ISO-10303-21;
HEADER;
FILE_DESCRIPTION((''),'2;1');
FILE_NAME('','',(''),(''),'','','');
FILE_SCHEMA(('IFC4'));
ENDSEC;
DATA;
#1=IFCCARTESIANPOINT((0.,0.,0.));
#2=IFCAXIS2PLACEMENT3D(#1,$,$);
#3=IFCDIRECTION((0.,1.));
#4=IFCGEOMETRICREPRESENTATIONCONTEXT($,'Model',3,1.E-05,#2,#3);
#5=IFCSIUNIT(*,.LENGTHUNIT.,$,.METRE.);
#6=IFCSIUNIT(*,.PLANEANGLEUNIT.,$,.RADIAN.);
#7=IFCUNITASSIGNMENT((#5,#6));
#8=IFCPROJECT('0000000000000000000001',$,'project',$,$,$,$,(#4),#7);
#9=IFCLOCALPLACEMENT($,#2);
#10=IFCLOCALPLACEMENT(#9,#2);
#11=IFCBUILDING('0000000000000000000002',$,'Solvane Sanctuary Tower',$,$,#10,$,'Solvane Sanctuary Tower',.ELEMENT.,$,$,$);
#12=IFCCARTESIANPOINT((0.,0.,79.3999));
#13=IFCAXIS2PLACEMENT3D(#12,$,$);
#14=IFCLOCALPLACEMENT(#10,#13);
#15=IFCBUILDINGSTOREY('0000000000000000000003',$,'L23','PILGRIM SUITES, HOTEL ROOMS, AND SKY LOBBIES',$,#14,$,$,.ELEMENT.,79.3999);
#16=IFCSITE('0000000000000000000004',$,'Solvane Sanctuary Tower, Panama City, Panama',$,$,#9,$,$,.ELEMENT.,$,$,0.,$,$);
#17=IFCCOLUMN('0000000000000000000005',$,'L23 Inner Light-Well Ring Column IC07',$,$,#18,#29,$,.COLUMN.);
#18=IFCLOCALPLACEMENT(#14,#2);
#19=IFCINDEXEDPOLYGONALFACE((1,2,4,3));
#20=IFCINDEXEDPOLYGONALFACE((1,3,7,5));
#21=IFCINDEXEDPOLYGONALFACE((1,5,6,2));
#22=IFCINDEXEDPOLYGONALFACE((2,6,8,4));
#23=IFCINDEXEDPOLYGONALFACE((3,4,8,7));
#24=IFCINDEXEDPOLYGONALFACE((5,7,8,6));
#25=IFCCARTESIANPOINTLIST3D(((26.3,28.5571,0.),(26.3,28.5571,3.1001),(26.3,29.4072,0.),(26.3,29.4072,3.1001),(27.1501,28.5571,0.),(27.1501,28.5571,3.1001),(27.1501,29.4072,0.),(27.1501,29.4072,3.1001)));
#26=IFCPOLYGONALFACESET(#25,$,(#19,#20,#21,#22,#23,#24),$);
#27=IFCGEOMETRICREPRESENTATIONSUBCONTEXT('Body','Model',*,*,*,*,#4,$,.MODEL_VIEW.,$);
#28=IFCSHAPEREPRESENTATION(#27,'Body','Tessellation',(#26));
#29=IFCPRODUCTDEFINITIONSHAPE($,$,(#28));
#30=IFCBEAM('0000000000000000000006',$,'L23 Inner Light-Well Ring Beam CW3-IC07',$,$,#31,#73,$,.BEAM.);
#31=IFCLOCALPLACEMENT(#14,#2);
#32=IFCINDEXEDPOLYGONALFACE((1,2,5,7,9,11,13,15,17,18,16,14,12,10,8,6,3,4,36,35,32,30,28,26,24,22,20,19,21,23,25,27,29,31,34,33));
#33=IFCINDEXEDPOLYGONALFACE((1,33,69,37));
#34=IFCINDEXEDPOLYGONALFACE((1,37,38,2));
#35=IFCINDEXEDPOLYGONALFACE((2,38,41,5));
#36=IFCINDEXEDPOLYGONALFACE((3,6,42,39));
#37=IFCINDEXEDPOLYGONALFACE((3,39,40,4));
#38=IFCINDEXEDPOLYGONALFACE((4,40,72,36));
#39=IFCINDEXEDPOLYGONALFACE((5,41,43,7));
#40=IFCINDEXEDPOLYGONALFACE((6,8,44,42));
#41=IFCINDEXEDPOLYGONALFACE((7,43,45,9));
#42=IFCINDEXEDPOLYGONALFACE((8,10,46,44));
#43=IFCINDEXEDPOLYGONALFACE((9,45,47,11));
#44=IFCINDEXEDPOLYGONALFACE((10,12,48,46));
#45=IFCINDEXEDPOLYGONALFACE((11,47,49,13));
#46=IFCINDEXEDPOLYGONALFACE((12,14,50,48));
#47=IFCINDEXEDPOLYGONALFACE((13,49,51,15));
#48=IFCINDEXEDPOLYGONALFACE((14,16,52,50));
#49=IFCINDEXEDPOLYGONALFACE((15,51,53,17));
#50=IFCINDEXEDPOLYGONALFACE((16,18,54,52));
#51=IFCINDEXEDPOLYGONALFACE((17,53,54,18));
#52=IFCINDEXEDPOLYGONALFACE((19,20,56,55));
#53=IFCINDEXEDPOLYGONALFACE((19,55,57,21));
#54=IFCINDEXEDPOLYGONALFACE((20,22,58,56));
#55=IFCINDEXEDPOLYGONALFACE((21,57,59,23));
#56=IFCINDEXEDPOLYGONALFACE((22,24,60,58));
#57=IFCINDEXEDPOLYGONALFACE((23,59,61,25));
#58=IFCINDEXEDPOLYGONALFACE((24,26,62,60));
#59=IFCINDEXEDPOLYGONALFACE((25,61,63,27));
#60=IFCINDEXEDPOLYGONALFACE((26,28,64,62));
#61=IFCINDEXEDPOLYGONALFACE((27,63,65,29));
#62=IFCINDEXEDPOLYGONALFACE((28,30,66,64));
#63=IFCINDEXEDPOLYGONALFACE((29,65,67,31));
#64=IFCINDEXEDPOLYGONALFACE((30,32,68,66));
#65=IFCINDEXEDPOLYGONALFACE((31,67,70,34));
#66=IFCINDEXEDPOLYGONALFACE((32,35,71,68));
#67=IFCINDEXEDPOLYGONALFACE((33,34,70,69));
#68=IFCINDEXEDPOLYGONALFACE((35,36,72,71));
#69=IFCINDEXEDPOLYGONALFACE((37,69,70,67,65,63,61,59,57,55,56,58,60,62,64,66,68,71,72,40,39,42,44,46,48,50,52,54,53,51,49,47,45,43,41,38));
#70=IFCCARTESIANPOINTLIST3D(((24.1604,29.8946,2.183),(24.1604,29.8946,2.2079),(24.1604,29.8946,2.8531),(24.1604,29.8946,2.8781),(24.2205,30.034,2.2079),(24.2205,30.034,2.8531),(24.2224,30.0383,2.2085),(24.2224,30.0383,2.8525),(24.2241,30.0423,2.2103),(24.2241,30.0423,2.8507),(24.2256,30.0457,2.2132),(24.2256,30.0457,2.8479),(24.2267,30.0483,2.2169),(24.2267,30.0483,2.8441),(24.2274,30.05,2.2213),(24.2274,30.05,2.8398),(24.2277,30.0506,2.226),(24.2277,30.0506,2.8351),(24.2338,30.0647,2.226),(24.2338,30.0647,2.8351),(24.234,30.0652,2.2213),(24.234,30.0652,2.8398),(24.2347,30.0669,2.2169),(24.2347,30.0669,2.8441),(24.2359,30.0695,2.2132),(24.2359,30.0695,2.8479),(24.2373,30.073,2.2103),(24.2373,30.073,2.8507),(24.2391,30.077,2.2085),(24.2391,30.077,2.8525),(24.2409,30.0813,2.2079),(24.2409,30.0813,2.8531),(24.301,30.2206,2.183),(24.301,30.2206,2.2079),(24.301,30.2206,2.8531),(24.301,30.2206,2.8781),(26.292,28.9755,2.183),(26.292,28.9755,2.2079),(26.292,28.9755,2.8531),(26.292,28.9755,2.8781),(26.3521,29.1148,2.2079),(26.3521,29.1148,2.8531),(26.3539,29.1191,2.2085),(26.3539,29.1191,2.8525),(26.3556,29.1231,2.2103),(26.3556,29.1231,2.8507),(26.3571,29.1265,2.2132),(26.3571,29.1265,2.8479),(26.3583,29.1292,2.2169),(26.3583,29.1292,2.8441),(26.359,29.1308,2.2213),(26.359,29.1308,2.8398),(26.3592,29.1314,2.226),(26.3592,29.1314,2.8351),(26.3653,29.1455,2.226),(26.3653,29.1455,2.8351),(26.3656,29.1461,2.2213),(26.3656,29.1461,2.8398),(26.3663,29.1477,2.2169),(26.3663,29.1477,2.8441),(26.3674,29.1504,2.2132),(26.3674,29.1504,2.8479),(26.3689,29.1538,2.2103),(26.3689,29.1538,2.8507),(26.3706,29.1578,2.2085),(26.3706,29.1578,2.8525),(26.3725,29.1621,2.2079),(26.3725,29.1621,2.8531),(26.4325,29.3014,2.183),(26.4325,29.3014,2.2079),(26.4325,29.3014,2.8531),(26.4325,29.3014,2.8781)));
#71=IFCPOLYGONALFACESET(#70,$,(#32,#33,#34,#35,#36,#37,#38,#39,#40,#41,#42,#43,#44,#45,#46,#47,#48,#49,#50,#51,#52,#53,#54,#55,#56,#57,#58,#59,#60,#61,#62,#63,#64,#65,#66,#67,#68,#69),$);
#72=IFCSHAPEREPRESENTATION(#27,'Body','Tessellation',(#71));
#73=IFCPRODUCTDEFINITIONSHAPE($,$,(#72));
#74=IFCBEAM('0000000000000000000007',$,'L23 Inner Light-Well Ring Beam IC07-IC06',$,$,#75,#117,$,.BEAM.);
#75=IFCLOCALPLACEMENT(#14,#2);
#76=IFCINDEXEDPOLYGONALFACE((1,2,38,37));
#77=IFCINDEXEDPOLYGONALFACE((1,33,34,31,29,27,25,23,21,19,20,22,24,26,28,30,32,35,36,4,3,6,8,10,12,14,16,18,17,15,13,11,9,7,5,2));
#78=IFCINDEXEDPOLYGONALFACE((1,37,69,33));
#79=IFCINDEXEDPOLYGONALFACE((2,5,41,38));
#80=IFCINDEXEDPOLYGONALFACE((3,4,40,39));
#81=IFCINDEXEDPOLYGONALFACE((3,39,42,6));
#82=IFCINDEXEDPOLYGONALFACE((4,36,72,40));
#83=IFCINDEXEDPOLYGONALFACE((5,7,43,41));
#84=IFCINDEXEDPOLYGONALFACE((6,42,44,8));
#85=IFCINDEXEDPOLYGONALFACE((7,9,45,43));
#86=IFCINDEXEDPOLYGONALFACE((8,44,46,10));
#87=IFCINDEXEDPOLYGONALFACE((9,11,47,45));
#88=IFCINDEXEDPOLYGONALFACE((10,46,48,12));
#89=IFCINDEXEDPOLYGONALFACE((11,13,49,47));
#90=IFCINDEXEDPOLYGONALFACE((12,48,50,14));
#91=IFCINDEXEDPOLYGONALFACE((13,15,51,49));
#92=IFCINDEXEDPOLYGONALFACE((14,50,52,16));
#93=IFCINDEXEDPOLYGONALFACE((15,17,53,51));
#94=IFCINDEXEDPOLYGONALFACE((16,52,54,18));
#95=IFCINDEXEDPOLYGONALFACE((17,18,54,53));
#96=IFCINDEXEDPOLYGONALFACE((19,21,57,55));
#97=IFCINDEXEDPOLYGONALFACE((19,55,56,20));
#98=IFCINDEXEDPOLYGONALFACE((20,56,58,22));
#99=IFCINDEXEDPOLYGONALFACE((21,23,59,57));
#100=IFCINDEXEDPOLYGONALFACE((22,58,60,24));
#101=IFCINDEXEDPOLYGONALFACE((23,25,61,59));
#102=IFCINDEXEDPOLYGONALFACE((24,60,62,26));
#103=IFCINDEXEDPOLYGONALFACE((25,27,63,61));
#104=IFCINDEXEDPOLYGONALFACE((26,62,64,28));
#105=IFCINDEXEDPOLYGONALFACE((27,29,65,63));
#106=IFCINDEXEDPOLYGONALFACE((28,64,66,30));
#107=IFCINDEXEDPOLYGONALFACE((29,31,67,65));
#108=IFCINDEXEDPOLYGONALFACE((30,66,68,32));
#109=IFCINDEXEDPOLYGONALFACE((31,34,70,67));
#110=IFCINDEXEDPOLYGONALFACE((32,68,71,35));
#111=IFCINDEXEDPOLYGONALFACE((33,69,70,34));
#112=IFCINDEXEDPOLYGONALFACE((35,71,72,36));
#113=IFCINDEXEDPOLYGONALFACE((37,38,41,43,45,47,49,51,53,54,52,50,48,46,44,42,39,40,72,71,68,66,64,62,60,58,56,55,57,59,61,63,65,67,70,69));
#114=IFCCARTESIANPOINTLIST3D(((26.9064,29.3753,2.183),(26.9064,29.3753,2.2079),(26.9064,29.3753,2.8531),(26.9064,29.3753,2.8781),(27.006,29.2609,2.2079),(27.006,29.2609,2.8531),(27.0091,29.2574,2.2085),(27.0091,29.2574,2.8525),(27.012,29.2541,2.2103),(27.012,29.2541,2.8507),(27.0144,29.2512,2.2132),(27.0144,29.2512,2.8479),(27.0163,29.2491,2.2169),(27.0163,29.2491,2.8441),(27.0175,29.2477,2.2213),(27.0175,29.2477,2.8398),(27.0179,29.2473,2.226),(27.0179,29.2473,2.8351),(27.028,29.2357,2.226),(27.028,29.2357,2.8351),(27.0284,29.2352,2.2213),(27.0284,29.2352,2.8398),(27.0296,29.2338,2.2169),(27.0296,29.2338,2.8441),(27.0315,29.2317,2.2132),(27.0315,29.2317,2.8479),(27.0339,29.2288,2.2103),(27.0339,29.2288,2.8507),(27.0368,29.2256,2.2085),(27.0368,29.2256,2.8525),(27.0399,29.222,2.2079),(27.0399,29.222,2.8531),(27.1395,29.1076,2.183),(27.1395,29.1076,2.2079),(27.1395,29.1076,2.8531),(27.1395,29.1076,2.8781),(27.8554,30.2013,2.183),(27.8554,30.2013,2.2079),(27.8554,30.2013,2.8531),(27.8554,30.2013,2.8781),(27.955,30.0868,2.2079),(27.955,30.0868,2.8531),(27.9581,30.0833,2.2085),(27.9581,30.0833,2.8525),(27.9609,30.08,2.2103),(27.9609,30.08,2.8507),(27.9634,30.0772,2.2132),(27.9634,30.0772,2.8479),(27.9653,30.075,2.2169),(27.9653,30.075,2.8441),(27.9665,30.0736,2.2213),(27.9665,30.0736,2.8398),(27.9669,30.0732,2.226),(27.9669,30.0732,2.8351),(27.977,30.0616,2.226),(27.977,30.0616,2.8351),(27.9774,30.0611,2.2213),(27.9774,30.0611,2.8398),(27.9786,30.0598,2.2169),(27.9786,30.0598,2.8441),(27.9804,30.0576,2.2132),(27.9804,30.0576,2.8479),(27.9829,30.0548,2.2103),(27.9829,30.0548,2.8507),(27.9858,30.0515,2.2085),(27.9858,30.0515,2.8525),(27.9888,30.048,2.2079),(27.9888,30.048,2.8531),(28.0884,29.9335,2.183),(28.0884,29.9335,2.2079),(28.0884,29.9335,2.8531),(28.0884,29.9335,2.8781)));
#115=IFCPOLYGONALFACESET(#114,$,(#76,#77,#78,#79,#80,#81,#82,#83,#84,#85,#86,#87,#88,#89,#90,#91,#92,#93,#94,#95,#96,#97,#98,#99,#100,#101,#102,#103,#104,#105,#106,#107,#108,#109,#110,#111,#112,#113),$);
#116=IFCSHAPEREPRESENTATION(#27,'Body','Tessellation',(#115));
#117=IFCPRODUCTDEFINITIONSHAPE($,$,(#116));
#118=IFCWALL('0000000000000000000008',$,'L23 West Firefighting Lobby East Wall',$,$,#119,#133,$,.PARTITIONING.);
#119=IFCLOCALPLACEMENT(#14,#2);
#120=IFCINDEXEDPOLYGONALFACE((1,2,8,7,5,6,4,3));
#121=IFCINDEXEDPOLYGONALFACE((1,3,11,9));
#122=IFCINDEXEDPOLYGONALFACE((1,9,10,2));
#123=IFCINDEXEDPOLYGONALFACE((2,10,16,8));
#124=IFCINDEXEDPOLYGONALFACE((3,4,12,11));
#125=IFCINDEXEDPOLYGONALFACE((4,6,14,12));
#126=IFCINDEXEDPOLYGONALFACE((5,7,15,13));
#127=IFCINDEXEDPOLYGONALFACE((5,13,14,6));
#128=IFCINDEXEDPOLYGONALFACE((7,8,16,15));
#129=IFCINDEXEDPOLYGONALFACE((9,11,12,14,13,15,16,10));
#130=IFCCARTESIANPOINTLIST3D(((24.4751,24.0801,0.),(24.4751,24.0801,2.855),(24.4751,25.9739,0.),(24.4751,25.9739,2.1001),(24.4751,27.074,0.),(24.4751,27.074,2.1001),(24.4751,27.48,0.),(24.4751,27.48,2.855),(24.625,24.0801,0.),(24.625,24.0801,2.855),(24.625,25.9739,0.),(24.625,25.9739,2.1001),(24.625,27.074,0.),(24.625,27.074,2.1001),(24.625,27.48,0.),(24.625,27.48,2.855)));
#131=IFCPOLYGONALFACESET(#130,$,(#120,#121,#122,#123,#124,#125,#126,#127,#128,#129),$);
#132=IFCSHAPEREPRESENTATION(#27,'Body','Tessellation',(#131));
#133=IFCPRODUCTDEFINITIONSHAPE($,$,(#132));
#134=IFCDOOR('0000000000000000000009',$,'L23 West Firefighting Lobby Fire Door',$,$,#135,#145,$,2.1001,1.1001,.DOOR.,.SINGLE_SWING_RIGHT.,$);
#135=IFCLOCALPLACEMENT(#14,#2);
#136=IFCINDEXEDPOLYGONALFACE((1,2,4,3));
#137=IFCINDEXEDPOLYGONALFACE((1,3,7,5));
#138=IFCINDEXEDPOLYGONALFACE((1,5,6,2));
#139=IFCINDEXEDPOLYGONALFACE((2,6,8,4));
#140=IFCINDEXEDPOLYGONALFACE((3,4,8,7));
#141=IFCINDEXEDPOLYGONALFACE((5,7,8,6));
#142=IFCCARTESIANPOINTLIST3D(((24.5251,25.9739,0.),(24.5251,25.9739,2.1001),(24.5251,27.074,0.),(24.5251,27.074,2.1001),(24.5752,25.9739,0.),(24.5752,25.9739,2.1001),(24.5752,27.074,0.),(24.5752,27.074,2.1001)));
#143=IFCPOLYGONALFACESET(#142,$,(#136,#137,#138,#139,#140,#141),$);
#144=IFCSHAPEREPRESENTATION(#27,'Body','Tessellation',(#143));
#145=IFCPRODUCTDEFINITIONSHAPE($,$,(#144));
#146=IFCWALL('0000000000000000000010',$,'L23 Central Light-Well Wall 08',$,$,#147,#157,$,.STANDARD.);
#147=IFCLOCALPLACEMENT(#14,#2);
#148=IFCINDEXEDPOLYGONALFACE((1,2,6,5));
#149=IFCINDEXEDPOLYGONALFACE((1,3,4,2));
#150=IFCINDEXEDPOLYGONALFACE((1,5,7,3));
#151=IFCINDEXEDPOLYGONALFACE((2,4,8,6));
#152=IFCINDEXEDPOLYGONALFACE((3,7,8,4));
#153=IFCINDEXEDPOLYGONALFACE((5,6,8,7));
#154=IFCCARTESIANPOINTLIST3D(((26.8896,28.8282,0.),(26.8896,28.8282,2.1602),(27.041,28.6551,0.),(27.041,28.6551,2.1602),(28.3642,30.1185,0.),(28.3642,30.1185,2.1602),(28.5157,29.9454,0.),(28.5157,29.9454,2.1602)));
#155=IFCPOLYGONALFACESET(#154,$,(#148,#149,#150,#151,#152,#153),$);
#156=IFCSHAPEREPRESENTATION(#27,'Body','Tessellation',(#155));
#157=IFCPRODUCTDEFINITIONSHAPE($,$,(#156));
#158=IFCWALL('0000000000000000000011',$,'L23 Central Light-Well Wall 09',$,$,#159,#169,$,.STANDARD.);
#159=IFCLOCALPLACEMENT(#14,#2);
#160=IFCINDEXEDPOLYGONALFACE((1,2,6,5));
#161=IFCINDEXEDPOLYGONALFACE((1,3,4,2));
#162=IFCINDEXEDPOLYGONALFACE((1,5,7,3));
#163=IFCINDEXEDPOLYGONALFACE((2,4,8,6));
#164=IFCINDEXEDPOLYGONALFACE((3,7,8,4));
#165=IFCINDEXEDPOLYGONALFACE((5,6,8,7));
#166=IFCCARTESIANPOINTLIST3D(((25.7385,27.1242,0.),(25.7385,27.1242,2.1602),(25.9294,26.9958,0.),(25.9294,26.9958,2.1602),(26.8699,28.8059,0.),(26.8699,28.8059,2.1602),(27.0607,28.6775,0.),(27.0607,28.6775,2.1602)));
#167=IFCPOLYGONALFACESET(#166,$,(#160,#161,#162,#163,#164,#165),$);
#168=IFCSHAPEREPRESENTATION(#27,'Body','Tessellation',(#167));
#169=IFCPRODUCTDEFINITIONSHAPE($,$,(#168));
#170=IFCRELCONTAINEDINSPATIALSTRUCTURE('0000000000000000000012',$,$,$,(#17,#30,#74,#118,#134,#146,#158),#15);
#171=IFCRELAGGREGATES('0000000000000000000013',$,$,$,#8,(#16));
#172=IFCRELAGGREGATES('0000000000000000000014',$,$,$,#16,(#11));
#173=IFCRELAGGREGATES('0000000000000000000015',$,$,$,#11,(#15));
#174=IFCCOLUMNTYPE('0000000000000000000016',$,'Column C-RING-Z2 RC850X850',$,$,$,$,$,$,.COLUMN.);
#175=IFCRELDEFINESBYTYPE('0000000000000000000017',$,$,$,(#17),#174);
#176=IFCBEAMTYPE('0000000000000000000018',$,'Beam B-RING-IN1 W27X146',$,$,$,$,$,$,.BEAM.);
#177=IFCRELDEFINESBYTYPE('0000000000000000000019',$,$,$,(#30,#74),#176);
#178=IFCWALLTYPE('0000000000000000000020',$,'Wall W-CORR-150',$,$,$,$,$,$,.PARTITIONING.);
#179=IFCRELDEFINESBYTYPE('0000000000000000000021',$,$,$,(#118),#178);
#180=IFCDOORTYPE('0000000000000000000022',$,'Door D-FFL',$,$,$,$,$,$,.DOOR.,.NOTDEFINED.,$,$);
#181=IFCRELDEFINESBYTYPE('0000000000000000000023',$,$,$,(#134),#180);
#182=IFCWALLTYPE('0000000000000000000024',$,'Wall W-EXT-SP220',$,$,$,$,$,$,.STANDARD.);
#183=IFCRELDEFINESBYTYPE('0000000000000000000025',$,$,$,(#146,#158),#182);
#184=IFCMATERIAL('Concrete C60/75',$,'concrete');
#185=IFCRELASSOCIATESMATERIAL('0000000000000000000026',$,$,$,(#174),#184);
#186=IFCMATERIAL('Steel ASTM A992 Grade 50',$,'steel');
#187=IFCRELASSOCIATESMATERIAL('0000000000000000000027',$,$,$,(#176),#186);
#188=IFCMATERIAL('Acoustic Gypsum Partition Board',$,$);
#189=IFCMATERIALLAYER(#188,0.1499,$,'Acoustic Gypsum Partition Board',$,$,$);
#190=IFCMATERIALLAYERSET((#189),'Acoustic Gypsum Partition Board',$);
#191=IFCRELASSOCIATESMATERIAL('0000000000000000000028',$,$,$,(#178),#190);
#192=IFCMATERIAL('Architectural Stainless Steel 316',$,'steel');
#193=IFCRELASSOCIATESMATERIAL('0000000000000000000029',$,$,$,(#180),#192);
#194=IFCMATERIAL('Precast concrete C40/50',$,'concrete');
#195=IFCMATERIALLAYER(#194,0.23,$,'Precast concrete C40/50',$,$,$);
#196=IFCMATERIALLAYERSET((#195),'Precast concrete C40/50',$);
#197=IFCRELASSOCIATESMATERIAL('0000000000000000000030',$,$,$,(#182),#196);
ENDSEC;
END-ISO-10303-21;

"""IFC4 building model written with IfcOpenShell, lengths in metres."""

from ifc_helpers import new_model, si_unit, direction, frame, frame_2d, origin, origin_2d, place, context, subcontext, project, spatial, rectangle, i_section, extrude, material, layer, layer_set, material_profile, profile_set, type_object, element, fill, save


model = new_model("IFC4")

# Units and contexts
model_context = context("Model", 3, precision=1e-05, world=origin(), true_north=direction((0.0, 1.0)))
body_context = subcontext(model_context, "Body", "Model", "MODEL_VIEW")
ifc_project = project(units=[si_unit("LENGTHUNIT", "METRE"), si_unit("PLANEANGLEUNIT", "RADIAN")], contexts=[model_context])

# Site, building, storey
site_placement = place(None, origin())
site = spatial("IfcSite", under=ifc_project, at=site_placement, Name="Solvane Sanctuary Tower, Panama City, Panama", CompositionType="ELEMENT", RefElevation=0.0)
building_placement = place(site_placement, origin())
building = spatial("IfcBuilding", under=site, at=building_placement, Name="Solvane Sanctuary Tower", LongName="Solvane Sanctuary Tower", CompositionType="ELEMENT")
storey_placement = place(building_placement, frame((0.0, 0.0, 79.3999)))
storey = spatial("IfcBuildingStorey", under=building, at=storey_placement, Name="L23", Description="PILGRIM SUITES, HOTEL ROOMS, AND SKY LOBBIES", CompositionType="ELEMENT", Elevation=79.3999)

# Column
ifc_material_1 = material(Name="Concrete C60/75", Category="concrete")
ifc_material_profile_1 = material_profile(ifc_material_1, rectangle(XDim=0.8501, YDim=0.8501, at=origin_2d()), Name="RC850X850")
ifc_profile_set_1 = profile_set([ifc_material_profile_1], Name="Concrete C60/75")
column_type = type_object("IfcColumnType", Name="Column C-RING-Z2 RC850X850", PredefinedType="COLUMN", material=ifc_profile_set_1)
column_placement = place(storey_placement, frame((26.7251, 28.9822, 0.0), z_axis=(0.0, 0.0, 1.0), x_axis=(1.0, 0.0, 0.0)))
element("IfcColumn", 1, at=column_placement, inside=storey, type_object=column_type, Name="L23 Inner Light-Well Ring Column IC07", PredefinedType="COLUMN", context=body_context, shape_type="SweptSolid", body=[
    extrude(rectangle(XDim=0.8501, YDim=0.8501, at=origin_2d()), origin(), (0.0, 0.0, 1.0), 3.1001),
])

# Beams
ifc_material_2 = material(Name="Steel ASTM A992 Grade 50", Category="steel")
ifc_material_profile_2 = material_profile(ifc_material_2, i_section(OverallWidth=0.355, OverallDepth=0.6951, WebThickness=0.0154, FlangeThickness=0.0249, FilletRadius=0.0181, at=origin_2d()), Name="W27X146")
ifc_profile_set_2 = profile_set([ifc_material_profile_2], Name="Steel ASTM A992 Grade 50")
beam_type = type_object("IfcBeamType", Name="Beam B-RING-IN1 W27X146", PredefinedType="BEAM", material=ifc_profile_set_2)
beam_1_placement = place(storey_placement, frame((24.2307, 30.0576, 2.5305), z_axis=(0.918261, -0.395975, 0.0), x_axis=(0.395975, 0.918261, 0.0)))
element("IfcBeam", 2, at=beam_1_placement, inside=storey, type_object=beam_type, Name="L23 Inner Light-Well Ring Beam CW3-IC07", PredefinedType="BEAM", context=body_context, shape_type="SweptSolid", body=[
    extrude(i_section(OverallWidth=0.355, OverallDepth=0.6951, WebThickness=0.0154, FlangeThickness=0.0249, FilletRadius=0.0181, at=origin_2d()), origin(), (0.0, 0.0, 1.0), 2.3213),
])
beam_2_placement = place(storey_placement, frame((27.0229, 29.2415, 2.5305), z_axis=(0.754317, 0.65651, 0.0), x_axis=(-0.65651, 0.754317, 0.0)))
element("IfcBeam", 3, at=beam_2_placement, inside=storey, type_object=beam_type, Name="L23 Inner Light-Well Ring Beam IC07-IC06", PredefinedType="BEAM", context=body_context, shape_type="SweptSolid", body=[
    extrude(i_section(OverallWidth=0.355, OverallDepth=0.6951, WebThickness=0.0154, FlangeThickness=0.0249, FilletRadius=0.0181, at=origin_2d()), origin(), (0.0, 0.0, 1.0), 1.2581),
])

# Wall, opening, door
ifc_material_3 = material(Name="Acoustic Gypsum Partition Board")
ifc_layer_1 = layer(ifc_material_3, 0.1499, Name="Acoustic Gypsum Partition Board")
ifc_layer_set_1 = layer_set([ifc_layer_1], Name="Acoustic Gypsum Partition Board")
wall_type_1 = type_object("IfcWallType", Name="Wall W-CORR-150", PredefinedType="PARTITIONING", material=ifc_layer_set_1)
wall_1_placement = place(storey_placement, frame((24.55, 24.0801, 0.0), z_axis=(0.0, 0.0, 1.0), x_axis=(0.0, 1.0, 0.0)))
wall_1 = element("IfcWall", 4, at=wall_1_placement, inside=storey, type_object=wall_type_1, Name="L23 West Firefighting Lobby East Wall", PredefinedType="PARTITIONING", context=body_context, shape_type="SweptSolid", body=[
    extrude(rectangle(XDim=3.3999, YDim=0.1499, at=frame_2d((1.7, 0.0))), origin(), (0.0, 0.0, 1.0), 2.855),
])
opening_1_placement = place(wall_1_placement, frame((1.8938, 0.0, 0.0)))
opening_1 = element("IfcOpeningElement", 5, at=opening_1_placement, cuts=wall_1, PredefinedType="OPENING", context=body_context, shape_type="SweptSolid", body=[
    extrude(rectangle(XDim=1.1001, YDim=2.1001, at=frame_2d((0.55, 1.05))), frame((0.0, 0.085, 0.0), z_axis=(0.0, -1.0, 0.0), x_axis=(1.0, 0.0, 0.0)), (0.0, 0.0, 1.0), 0.1699),
])
ifc_material_4 = material(Name="Architectural Stainless Steel 316", Category="steel")
door_type_1 = type_object("IfcDoorType", Name="Door D-FFL", OperationType="NOTDEFINED", PredefinedType="DOOR", material=ifc_material_4)
door_1_placement = place(opening_1_placement, origin())
door_1 = element("IfcDoor", 6, at=door_1_placement, inside=storey, type_object=door_type_1, Name="L23 West Firefighting Lobby Fire Door", OperationType="SINGLE_SWING_RIGHT", OverallHeight=2.1001, OverallWidth=1.1001, PredefinedType="DOOR", context=body_context, shape_type="SweptSolid", body=[
    extrude(rectangle(XDim=1.1001, YDim=2.1001, at=frame_2d((0.55, 1.05))), frame((0.0, 0.0249, 0.0), z_axis=(0.0, -1.0, 0.0), x_axis=(1.0, 0.0, 0.0)), (0.0, 0.0, 1.0), 0.05),
])
fill(opening_1, door_1)

# Walls
ifc_material_5 = material(Name="Precast concrete C40/50", Category="concrete")
ifc_layer_2 = layer(ifc_material_5, 0.23, Name="Precast concrete C40/50")
ifc_layer_set_2 = layer_set([ifc_layer_2], Name="Precast concrete C40/50")
wall_type_2 = type_object("IfcWallType", Name="Wall W-EXT-SP220", PredefinedType="STANDARD", material=ifc_layer_set_2)
wall_2_placement = place(storey_placement, frame((28.4399, 30.032, 0.0), z_axis=(0.0, 0.0, 1.0), x_axis=(-0.752577, -0.658505, 0.0)))
element("IfcWall", 7, at=wall_2_placement, inside=storey, type_object=wall_type_2, Name="L23 Central Light-Well Wall 08", PredefinedType="STANDARD", context=body_context, shape_type="SweptSolid", body=[
    extrude(rectangle(XDim=1.9595, YDim=0.23, at=frame_2d((0.9797, 0.0))), origin(), (0.0, 0.0, 1.0), 2.1602),
])
wall_3_placement = place(storey_placement, frame((26.9653, 28.7417, 0.0), z_axis=(0.0, 0.0, 1.0), x_axis=(-0.558198, -0.829708, 0.0)))
element("IfcWall", 8, at=wall_3_placement, inside=storey, type_object=wall_type_2, Name="L23 Central Light-Well Wall 09", PredefinedType="STANDARD", context=body_context, shape_type="SweptSolid", body=[
    extrude(rectangle(XDim=2.0269, YDim=0.23, at=frame_2d((1.0134, 0.0))), origin(), (0.0, 0.0, 1.0), 2.1602),
])

save(model, "model.ifc")
